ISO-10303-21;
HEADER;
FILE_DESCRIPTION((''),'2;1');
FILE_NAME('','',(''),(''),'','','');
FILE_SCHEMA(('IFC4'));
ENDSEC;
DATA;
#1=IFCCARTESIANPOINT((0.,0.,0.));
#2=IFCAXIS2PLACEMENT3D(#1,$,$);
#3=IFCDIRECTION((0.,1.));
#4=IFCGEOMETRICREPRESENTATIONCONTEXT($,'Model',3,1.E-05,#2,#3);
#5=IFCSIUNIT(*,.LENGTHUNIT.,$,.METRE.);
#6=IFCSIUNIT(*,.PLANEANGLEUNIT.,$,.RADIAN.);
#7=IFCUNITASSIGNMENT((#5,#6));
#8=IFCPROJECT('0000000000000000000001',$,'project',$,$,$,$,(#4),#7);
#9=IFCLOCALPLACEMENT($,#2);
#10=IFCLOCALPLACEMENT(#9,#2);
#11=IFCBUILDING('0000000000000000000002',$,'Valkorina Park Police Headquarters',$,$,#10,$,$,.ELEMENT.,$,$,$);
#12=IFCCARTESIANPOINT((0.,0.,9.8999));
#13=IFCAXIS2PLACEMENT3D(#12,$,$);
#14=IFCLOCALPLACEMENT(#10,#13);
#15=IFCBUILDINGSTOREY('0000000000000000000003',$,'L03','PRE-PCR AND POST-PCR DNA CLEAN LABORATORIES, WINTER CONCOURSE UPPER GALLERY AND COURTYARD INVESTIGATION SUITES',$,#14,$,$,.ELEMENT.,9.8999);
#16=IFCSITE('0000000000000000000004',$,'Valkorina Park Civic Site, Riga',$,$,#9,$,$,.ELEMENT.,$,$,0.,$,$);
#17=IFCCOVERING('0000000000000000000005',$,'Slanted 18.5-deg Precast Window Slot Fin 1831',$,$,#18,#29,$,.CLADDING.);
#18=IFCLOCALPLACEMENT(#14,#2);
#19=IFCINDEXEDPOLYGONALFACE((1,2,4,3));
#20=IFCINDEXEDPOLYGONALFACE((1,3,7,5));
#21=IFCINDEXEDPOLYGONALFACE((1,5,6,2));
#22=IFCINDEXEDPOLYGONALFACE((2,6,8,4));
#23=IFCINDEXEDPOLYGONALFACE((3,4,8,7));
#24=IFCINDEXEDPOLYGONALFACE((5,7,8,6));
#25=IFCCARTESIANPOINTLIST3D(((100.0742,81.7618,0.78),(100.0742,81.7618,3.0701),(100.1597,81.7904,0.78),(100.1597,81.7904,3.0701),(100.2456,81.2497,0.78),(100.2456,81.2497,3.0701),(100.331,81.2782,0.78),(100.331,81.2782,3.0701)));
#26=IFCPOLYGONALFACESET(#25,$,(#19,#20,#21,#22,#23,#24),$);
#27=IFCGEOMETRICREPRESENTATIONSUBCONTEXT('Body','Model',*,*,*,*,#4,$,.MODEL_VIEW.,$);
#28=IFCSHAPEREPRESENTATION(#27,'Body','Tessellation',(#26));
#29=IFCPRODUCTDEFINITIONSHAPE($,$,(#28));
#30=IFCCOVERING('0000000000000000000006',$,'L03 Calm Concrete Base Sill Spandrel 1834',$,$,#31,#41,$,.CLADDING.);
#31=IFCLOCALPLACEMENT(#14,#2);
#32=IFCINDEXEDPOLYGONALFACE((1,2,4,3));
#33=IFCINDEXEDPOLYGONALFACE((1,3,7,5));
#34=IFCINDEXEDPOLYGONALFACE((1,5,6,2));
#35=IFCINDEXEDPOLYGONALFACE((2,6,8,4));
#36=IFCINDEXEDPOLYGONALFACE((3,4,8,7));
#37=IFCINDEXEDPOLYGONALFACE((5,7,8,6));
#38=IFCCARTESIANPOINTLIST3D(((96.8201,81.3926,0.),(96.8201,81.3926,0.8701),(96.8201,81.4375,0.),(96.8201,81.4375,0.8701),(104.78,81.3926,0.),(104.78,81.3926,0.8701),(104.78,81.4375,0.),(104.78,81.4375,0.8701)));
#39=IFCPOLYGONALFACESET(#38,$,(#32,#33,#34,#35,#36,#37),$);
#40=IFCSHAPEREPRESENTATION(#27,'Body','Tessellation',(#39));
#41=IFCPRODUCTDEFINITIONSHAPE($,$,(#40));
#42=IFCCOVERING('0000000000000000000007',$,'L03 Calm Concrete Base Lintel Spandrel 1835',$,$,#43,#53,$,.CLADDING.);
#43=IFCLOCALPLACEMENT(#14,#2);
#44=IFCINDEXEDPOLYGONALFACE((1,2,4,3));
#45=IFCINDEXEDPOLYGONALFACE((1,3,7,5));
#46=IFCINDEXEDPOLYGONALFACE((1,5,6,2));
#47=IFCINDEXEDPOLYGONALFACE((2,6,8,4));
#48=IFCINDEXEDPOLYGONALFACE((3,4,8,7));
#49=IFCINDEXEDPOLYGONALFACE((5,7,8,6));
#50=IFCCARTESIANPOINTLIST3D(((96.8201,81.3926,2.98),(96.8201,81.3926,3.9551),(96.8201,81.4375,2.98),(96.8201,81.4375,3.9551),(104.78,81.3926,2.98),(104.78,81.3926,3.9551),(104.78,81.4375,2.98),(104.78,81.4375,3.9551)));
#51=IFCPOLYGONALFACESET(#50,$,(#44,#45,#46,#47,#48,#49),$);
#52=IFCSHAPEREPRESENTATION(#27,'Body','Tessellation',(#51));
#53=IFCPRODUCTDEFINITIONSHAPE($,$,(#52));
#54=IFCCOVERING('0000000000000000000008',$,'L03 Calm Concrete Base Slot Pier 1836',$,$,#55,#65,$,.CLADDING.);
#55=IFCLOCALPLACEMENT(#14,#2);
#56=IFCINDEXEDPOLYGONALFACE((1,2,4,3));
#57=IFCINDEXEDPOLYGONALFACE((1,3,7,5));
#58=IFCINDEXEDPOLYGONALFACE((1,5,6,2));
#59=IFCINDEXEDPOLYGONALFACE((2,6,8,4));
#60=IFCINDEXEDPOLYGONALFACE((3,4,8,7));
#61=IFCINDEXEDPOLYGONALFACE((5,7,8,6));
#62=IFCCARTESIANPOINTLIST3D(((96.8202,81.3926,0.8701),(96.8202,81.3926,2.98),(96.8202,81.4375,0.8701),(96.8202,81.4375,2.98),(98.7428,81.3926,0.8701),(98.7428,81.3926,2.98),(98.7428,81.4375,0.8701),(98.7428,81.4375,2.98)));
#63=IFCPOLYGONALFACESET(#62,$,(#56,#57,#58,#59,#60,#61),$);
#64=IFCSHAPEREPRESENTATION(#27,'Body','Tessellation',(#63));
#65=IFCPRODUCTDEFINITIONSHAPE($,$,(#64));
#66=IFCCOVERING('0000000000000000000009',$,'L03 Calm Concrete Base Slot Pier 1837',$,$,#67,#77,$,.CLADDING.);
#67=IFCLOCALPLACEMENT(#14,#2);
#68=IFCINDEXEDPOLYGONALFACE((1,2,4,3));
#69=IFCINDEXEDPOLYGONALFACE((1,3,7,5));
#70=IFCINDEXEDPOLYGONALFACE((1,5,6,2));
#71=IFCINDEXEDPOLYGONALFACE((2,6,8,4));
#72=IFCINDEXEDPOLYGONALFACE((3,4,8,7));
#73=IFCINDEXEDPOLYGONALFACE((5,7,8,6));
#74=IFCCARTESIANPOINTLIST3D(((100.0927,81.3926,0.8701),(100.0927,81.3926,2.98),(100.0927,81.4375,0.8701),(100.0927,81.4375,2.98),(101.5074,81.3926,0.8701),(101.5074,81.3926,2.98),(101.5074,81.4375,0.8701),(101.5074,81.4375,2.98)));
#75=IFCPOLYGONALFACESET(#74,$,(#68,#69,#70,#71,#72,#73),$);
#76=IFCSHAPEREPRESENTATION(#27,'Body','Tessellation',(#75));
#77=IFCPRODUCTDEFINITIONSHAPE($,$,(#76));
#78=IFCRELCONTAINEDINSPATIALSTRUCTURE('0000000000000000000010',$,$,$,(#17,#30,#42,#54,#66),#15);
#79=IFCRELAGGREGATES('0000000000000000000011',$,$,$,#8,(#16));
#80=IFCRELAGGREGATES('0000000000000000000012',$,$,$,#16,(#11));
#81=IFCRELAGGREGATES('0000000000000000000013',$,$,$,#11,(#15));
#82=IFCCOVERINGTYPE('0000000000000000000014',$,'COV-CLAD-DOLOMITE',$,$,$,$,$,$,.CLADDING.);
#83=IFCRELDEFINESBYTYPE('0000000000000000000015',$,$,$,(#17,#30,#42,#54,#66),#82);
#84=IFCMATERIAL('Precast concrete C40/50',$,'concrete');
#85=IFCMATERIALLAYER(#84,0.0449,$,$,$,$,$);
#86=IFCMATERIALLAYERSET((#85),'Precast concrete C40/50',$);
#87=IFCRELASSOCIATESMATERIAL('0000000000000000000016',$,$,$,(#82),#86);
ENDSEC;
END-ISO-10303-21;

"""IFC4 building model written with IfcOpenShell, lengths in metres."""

from ifc_helpers import new_model, si_unit, direction, frame, frame_2d, origin, origin_2d, place, context, subcontext, project, spatial, rectangle, extrude, material, layer, layer_set, type_object, element, save


model = new_model("IFC4")

# Units and contexts
model_context = context("Model", 3, precision=1e-05, world=origin(), true_north=direction((0.0, 1.0)))
body_context = subcontext(model_context, "Body", "Model", "MODEL_VIEW")
ifc_project = project(units=[si_unit("LENGTHUNIT", "METRE"), si_unit("PLANEANGLEUNIT", "RADIAN")], contexts=[model_context])

# Site, building, storey
site_placement = place(None, origin())
site = spatial("IfcSite", under=ifc_project, at=site_placement, Name="Valkorina Park Civic Site, Riga", CompositionType="ELEMENT", RefElevation=0.0)
building_placement = place(site_placement, origin())
building = spatial("IfcBuilding", under=site, at=building_placement, Name="Valkorina Park Police Headquarters", CompositionType="ELEMENT")
storey_placement = place(building_placement, frame((0.0, 0.0, 9.8999)))
storey = spatial("IfcBuildingStorey", under=building, at=storey_placement, Name="L03", Description="PRE-PCR AND POST-PCR DNA CLEAN LABORATORIES, WINTER CONCOURSE UPPER GALLERY AND COURTYARD INVESTIGATION SUITES", CompositionType="ELEMENT", Elevation=9.8999)

# Coverings
ifc_material_1 = material(Name="Precast concrete C40/50", Category="concrete")
ifc_layer_1 = layer(ifc_material_1, 0.0449)
ifc_layer_set_1 = layer_set([ifc_layer_1], Name="Precast concrete C40/50")
covering_type = type_object("IfcCoveringType", Name="COV-CLAD-DOLOMITE", PredefinedType="CLADDING", material=ifc_layer_set_1)
for number, where, z_axis, x_axis, name in (
    (1, (100.2026, 81.52, 0.78), (0.0, 0.0, 1.0), (-0.317305, 0.948324, 0.0), "Slanted 18.5-deg Precast Window Slot Fin 1831"),
):
    element("IfcCovering", number, at=place(storey_placement, frame(where, z_axis=z_axis, x_axis=x_axis)), inside=storey, type_object=covering_type, Name=name, PredefinedType="CLADDING", context=body_context, shape_type="SweptSolid", body=[
        extrude(rectangle(XDim=0.54, YDim=0.0901, at=origin_2d()), origin(), (0.0, 0.0, 1.0), 2.29),
    ])
covering_1_placement = place(storey_placement, frame((96.8201, 81.415, 0.0), z_axis=(0.0, 0.0, 1.0), x_axis=(1.0, 0.0, 0.0)))
element("IfcCovering", 2, at=covering_1_placement, inside=storey, type_object=covering_type, Name="L03 Calm Concrete Base Sill Spandrel 1834", PredefinedType="CLADDING", context=body_context, shape_type="SweptSolid", body=[
    extrude(rectangle(XDim=7.96, YDim=0.0449, at=frame_2d((3.98, 0.0))), origin(), (0.0, 0.0, 1.0), 0.8701),
])
covering_2_placement = place(storey_placement, frame((96.8201, 81.415, 2.98), z_axis=(0.0, 0.0, 1.0), x_axis=(1.0, 0.0, 0.0)))
element("IfcCovering", 3, at=covering_2_placement, inside=storey, type_object=covering_type, Name="L03 Calm Concrete Base Lintel Spandrel 1835", PredefinedType="CLADDING", context=body_context, shape_type="SweptSolid", body=[
    extrude(rectangle(XDim=7.96, YDim=0.0449, at=frame_2d((3.98, 0.0))), origin(), (0.0, 0.0, 1.0), 0.9751),
])
covering_3_placement = place(storey_placement, frame((96.8201, 81.415, 0.8701), z_axis=(0.0, 0.0, 1.0), x_axis=(1.0, 0.0, 0.0)))
element("IfcCovering", 4, at=covering_3_placement, inside=storey, type_object=covering_type, Name="L03 Calm Concrete Base Slot Pier 1836", PredefinedType="CLADDING", context=body_context, shape_type="SweptSolid", body=[
    extrude(rectangle(XDim=1.9226, YDim=0.0449, at=frame_2d((0.9614, 0.0))), origin(), (0.0, 0.0, 1.0), 2.1099),
])
covering_4_placement = place(storey_placement, frame((100.0925, 81.415, 0.8701), z_axis=(0.0, 0.0, 1.0), x_axis=(1.0, 0.0, 0.0)))
element("IfcCovering", 5, at=covering_4_placement, inside=storey, type_object=covering_type, Name="L03 Calm Concrete Base Slot Pier 1837", PredefinedType="CLADDING", context=body_context, shape_type="SweptSolid", body=[
    extrude(rectangle(XDim=1.4148, YDim=0.0449, at=frame_2d((0.7075, 0.0))), origin(), (0.0, 0.0, 1.0), 2.1099),
])

save(model, "model.ifc")
